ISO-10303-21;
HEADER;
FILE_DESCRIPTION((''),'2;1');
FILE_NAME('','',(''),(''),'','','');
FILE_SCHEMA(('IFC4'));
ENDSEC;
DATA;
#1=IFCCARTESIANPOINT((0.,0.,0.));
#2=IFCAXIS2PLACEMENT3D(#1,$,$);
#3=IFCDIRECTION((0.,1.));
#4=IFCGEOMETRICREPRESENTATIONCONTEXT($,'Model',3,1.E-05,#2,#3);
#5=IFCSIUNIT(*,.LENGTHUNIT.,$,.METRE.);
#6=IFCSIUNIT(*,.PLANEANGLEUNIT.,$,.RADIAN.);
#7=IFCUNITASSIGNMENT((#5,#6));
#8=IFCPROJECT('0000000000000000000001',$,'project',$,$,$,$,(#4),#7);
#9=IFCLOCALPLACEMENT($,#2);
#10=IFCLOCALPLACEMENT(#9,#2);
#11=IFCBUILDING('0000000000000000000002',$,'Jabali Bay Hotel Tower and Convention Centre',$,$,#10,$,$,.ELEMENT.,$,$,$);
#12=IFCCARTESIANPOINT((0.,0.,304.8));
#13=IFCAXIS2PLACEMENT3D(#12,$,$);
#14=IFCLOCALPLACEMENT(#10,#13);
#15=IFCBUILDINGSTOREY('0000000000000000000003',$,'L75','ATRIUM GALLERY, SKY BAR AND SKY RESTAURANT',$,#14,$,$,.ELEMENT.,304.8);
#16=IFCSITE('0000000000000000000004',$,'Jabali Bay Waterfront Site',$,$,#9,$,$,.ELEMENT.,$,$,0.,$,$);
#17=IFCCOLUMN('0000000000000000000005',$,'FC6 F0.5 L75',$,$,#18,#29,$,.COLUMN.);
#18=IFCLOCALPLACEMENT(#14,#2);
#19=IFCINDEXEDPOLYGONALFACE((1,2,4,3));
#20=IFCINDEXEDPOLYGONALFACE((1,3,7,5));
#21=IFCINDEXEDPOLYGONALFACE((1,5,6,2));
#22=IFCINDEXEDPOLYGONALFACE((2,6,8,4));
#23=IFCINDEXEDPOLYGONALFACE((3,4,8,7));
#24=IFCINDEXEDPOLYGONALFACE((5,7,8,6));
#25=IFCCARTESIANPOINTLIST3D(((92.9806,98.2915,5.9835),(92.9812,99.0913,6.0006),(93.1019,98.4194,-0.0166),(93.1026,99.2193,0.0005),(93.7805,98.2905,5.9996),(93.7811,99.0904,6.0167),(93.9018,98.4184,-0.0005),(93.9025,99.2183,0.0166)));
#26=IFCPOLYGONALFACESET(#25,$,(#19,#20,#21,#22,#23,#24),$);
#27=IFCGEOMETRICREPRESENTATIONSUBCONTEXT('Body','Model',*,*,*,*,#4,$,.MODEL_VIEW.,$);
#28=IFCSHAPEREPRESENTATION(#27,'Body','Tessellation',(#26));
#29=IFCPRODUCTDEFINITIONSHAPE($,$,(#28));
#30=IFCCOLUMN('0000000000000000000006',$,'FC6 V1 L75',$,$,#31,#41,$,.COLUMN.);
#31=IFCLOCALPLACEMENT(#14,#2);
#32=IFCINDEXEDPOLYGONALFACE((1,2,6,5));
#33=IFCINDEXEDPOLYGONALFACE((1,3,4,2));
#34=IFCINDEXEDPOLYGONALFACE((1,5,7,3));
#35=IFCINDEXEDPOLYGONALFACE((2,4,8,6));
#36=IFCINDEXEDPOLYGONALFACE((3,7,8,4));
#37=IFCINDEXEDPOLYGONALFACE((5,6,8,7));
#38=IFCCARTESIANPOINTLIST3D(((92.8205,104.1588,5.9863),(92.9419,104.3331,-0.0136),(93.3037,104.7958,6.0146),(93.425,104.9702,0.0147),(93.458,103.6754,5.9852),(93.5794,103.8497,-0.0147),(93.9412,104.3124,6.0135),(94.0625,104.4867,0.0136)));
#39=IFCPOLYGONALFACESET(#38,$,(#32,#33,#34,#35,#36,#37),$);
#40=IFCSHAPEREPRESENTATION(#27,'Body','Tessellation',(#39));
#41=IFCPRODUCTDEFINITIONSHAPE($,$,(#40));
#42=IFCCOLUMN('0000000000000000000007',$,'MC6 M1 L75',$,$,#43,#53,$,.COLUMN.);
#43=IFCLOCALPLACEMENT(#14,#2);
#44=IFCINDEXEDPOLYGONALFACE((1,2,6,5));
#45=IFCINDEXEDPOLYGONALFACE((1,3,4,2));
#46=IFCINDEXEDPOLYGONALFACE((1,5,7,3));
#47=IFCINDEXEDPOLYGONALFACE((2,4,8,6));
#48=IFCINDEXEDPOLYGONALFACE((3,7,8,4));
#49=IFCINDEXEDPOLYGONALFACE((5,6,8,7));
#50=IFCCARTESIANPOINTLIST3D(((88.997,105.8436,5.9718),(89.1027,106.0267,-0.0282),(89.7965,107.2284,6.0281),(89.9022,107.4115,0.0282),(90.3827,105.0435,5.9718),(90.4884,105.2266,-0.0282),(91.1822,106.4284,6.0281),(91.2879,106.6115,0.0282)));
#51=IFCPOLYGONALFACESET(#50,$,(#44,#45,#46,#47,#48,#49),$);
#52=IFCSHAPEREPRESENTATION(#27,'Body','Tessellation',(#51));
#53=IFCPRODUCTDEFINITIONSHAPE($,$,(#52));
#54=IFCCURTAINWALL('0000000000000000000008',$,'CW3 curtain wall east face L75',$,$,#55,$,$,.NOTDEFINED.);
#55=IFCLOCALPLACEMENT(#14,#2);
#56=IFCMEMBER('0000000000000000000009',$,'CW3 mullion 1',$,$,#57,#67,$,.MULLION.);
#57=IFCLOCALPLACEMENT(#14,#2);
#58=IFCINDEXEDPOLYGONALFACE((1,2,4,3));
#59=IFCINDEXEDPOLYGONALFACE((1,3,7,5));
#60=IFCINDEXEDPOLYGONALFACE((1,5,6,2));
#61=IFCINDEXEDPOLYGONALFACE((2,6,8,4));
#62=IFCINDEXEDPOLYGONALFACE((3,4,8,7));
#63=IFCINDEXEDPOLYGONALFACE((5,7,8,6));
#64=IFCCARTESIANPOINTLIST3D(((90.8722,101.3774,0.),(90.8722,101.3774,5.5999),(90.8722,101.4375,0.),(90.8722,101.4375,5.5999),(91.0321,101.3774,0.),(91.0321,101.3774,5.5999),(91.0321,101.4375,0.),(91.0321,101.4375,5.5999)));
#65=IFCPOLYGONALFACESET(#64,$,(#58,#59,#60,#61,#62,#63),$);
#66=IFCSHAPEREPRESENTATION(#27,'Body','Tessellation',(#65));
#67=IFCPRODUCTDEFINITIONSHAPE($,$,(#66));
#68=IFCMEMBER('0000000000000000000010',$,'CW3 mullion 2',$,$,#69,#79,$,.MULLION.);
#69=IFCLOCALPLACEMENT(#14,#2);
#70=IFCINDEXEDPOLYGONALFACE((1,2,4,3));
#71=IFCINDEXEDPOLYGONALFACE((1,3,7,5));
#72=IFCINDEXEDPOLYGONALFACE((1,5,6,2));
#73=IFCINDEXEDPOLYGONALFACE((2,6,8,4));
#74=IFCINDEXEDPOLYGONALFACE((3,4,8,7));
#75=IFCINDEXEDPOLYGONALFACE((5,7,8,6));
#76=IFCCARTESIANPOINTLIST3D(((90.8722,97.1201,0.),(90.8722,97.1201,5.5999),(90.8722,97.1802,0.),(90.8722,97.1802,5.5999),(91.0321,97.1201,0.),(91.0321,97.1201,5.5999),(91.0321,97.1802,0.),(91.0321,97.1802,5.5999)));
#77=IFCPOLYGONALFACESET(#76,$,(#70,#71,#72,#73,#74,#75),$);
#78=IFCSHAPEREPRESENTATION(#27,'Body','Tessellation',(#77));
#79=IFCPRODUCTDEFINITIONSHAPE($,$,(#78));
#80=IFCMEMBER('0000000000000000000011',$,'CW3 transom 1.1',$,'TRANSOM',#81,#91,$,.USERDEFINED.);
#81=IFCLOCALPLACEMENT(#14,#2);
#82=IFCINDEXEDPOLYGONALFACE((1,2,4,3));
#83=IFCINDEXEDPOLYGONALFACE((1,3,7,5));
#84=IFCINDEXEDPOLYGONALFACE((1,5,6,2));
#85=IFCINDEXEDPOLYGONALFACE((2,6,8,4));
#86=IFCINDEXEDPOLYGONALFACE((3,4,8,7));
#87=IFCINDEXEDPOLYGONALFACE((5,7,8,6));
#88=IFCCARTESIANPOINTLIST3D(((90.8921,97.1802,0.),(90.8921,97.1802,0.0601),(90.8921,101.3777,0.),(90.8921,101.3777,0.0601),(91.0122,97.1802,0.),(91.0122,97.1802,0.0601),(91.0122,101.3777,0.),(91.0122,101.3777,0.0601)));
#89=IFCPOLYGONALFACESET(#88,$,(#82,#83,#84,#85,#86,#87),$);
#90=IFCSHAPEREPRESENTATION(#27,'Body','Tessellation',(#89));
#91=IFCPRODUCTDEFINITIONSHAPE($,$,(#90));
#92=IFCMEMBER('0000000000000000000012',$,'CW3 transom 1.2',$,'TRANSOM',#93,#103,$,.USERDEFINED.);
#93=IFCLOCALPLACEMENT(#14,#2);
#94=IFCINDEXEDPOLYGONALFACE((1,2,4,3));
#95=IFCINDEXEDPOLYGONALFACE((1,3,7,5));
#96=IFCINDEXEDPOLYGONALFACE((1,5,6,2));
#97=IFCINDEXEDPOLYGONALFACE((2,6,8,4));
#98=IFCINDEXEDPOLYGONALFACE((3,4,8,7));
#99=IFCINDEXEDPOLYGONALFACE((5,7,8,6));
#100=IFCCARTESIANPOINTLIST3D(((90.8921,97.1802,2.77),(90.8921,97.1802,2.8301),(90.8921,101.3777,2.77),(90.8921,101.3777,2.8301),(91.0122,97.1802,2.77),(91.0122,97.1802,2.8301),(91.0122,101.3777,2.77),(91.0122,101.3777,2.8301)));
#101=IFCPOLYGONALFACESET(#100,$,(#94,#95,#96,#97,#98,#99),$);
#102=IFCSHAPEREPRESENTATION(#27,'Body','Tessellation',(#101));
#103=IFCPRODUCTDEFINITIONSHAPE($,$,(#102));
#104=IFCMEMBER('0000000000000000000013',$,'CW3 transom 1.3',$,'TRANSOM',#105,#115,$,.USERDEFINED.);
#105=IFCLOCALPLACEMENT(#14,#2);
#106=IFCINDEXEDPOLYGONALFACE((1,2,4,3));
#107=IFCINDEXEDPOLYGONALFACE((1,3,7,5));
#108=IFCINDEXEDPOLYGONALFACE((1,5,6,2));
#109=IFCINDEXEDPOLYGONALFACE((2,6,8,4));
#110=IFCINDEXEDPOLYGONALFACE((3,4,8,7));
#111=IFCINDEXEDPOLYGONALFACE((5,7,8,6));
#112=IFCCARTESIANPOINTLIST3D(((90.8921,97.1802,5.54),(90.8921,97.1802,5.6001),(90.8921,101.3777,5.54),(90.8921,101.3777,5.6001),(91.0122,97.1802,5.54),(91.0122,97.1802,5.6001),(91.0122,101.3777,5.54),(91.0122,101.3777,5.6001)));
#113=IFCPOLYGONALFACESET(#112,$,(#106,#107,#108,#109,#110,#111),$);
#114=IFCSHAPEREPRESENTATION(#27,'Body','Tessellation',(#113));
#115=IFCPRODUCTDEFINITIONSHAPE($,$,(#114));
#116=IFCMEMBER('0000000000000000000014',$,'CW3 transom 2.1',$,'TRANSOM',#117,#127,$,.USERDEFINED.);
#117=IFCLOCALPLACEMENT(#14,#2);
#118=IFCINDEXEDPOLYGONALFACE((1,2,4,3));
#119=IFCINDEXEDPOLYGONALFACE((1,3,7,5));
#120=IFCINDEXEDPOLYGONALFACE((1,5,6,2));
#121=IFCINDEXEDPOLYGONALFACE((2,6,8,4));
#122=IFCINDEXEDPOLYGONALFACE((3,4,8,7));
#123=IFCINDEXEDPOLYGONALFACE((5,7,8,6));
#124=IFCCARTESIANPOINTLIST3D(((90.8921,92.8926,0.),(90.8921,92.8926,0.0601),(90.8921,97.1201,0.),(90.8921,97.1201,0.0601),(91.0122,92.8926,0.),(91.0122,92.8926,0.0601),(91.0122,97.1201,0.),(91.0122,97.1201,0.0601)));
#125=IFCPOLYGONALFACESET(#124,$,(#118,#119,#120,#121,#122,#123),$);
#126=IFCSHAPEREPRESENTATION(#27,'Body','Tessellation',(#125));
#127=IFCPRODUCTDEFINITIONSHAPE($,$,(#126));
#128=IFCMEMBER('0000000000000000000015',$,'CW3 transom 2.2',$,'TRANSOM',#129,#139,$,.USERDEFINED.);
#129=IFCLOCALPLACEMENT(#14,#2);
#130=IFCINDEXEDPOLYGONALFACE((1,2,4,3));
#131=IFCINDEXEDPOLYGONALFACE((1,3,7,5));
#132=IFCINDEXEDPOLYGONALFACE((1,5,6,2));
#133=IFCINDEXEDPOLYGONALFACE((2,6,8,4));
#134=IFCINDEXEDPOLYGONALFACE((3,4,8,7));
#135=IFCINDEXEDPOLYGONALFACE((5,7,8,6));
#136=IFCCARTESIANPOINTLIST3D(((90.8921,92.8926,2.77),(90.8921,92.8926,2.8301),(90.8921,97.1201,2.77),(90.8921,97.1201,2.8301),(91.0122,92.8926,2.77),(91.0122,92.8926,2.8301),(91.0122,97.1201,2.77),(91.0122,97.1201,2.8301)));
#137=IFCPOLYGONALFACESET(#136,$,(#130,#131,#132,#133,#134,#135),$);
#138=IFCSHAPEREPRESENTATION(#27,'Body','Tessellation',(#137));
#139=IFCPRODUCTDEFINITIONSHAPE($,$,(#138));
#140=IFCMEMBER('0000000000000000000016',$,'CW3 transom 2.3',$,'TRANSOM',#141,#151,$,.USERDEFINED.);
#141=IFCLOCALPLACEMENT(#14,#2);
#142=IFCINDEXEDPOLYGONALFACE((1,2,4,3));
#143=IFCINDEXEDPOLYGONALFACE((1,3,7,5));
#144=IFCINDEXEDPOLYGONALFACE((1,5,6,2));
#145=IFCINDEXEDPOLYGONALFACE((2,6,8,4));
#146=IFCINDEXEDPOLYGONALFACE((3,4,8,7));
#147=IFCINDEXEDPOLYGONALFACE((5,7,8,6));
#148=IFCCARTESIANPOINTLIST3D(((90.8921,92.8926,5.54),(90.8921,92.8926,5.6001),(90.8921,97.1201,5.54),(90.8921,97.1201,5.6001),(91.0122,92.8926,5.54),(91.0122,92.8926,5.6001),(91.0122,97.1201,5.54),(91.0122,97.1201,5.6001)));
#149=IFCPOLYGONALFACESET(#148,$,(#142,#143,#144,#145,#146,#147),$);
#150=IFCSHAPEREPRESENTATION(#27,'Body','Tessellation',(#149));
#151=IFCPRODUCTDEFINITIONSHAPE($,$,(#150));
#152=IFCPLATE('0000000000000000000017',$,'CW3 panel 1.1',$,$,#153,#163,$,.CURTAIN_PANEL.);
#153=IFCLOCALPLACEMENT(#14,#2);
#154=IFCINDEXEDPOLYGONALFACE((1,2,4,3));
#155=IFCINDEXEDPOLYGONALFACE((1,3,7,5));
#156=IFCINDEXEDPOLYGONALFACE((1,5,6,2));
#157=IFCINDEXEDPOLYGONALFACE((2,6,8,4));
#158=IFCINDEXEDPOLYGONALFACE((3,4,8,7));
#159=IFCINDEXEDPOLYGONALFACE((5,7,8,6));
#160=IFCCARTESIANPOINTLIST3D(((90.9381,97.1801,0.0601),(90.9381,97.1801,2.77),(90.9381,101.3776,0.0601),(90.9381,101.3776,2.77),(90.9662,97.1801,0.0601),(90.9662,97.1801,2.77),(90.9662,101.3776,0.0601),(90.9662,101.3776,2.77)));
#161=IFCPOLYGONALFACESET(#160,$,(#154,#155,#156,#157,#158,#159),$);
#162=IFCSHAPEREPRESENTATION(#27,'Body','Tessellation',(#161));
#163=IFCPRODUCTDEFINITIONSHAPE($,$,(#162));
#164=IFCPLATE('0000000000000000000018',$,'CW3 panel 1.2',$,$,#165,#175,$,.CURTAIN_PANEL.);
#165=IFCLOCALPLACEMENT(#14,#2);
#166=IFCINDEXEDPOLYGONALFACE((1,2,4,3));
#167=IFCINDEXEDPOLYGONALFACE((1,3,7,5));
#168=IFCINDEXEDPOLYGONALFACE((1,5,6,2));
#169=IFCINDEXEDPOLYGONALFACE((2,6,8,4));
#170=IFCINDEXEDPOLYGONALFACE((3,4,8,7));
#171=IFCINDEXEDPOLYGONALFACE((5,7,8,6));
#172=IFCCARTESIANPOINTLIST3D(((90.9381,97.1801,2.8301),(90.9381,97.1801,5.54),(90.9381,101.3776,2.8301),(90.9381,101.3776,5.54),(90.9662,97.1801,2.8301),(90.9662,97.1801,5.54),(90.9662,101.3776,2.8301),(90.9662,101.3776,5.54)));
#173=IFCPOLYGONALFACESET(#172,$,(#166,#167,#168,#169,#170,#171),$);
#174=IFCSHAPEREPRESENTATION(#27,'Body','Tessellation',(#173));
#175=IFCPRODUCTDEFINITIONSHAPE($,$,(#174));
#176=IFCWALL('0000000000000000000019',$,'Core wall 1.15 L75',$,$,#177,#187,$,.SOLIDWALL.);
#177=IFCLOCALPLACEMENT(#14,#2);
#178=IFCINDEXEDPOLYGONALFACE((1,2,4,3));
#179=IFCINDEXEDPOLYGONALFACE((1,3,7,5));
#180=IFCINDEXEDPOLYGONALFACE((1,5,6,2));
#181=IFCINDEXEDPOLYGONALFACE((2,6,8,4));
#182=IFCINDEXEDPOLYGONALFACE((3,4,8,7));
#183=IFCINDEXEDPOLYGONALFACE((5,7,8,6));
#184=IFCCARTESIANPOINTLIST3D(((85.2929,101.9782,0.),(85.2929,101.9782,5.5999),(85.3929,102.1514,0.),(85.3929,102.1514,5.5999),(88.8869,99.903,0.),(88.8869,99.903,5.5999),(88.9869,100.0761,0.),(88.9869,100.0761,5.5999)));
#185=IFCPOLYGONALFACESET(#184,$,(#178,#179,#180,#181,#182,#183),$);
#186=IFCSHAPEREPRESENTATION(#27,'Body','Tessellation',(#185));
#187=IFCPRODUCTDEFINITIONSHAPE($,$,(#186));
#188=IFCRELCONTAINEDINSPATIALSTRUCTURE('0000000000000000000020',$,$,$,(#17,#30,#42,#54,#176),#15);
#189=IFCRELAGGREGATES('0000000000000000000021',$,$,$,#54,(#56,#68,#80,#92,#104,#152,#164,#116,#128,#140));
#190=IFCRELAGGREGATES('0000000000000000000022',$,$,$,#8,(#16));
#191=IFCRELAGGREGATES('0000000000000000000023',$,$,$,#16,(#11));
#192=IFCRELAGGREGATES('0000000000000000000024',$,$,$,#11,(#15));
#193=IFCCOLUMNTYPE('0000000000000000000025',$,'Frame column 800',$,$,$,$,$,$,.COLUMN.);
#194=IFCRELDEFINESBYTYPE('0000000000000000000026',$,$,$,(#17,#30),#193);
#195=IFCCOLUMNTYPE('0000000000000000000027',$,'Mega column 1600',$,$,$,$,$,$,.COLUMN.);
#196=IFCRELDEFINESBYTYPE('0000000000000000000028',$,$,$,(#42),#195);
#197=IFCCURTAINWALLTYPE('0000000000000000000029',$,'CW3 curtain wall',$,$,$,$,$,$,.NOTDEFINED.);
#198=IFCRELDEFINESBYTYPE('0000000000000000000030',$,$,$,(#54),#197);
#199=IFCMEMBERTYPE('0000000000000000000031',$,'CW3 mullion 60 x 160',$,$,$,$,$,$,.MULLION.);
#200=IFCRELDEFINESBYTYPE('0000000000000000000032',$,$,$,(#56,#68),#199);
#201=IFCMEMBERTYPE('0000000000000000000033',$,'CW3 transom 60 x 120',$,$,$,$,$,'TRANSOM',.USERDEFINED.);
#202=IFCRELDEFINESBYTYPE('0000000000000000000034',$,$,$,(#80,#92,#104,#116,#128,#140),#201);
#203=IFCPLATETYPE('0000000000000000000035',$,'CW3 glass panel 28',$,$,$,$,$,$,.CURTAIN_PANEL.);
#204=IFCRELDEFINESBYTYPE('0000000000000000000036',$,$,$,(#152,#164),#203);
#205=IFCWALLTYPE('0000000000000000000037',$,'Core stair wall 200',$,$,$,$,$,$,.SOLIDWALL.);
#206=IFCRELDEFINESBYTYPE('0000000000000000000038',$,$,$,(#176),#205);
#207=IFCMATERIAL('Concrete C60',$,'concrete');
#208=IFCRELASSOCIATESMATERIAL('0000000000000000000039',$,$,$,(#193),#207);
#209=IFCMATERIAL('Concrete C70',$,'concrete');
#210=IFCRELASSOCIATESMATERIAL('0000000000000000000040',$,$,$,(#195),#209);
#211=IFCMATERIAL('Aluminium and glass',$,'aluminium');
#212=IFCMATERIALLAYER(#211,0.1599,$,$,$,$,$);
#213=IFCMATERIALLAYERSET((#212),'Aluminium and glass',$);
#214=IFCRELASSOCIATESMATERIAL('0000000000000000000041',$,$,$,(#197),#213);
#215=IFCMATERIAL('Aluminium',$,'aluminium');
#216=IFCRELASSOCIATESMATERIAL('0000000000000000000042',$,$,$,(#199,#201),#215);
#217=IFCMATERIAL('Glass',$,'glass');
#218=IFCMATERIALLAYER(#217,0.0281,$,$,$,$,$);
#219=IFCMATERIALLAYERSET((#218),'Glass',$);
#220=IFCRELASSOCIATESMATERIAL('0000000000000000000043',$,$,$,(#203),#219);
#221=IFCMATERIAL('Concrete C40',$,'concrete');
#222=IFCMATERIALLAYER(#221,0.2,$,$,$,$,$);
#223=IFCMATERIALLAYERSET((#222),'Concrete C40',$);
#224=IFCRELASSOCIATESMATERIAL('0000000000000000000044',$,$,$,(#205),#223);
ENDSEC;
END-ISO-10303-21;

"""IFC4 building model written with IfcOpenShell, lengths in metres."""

from ifc_helpers import new_model, si_unit, direction, frame, frame_2d, origin, origin_2d, place, context, subcontext, project, spatial, rectangle, extrude, material, layer, layer_set, material_profile, profile_set, type_object, element, aggregate, save


model = new_model("IFC4")

# Units and contexts
model_context = context("Model", 3, precision=1e-05, world=origin(), true_north=direction((0.0, 1.0)))
body_context = subcontext(model_context, "Body", "Model", "MODEL_VIEW")
ifc_project = project(units=[si_unit("LENGTHUNIT", "METRE"), si_unit("PLANEANGLEUNIT", "RADIAN")], contexts=[model_context])

# Site, building, storey
site_placement = place(None, origin())
site = spatial("IfcSite", under=ifc_project, at=site_placement, Name="Jabali Bay Waterfront Site", CompositionType="ELEMENT", RefElevation=0.0)
building_placement = place(site_placement, origin())
building = spatial("IfcBuilding", under=site, at=building_placement, Name="Jabali Bay Hotel Tower and Convention Centre", CompositionType="ELEMENT")
storey_placement = place(building_placement, frame((0.0, 0.0, 304.8)))
storey = spatial("IfcBuildingStorey", under=building, at=storey_placement, Name="L75", Description="ATRIUM GALLERY, SKY BAR AND SKY RESTAURANT", CompositionType="ELEMENT", Elevation=304.8)

# Columns
ifc_material_1 = material(Name="Concrete C60", Category="concrete")
ifc_material_profile_1 = material_profile(ifc_material_1, rectangle(XDim=0.8, YDim=0.8, at=origin_2d()), Name="Frame column 800")
ifc_profile_set_1 = profile_set([ifc_material_profile_1], Name="Concrete C60")
column_type_1 = type_object("IfcColumnType", Name="Frame column 800", PredefinedType="COLUMN", material=ifc_profile_set_1)
column_1_placement = place(storey_placement, frame((93.5022, 98.8188, 0.0), z_axis=(-0.020214, -0.021312, 0.999568), x_axis=(0.999795, -0.00124, 0.020192)))
element("IfcColumn", 1, at=column_1_placement, inside=storey, type_object=column_type_1, Name="FC6 F0.5 L75", PredefinedType="COLUMN", context=body_context, shape_type="SweptSolid", body=[
    extrude(rectangle(XDim=0.8, YDim=0.8, at=origin_2d()), origin(), (0.0, 0.0, 1.0), 6.0027),
])
column_2_placement = place(storey_placement, frame((93.5022, 104.4099, 0.0), z_axis=(-0.02021, -0.029035, 0.999374), x_axis=(0.603914, 0.796266, 0.035347)))
element("IfcColumn", 2, at=column_2_placement, inside=storey, type_object=column_type_1, Name="FC6 V1 L75", PredefinedType="COLUMN", context=body_context, shape_type="SweptSolid", body=[
    extrude(rectangle(XDim=0.8, YDim=0.8, at=origin_2d()), origin(), (0.0, 0.0, 1.0), 6.0037),
])
ifc_material_2 = material(Name="Concrete C70", Category="concrete")
ifc_material_profile_2 = material_profile(ifc_material_2, rectangle(XDim=1.6001, YDim=1.6001, at=origin_2d()), Name="Mega column 1600")
ifc_profile_set_2 = profile_set([ifc_material_profile_2], Name="Concrete C70")
column_type_2 = type_object("IfcColumnType", Name="Mega column 1600", PredefinedType="COLUMN", material=ifc_profile_set_2)
column_3_placement = place(storey_placement, frame((90.1953, 106.3191, 0.0), z_axis=(-0.017608, -0.030499, 0.99938), x_axis=(0.49968, 0.865494, 0.035217)))
element("IfcColumn", 3, at=column_3_placement, inside=storey, type_object=column_type_2, Name="MC6 M1 L75", PredefinedType="COLUMN", context=body_context, shape_type="SweptSolid", body=[
    extrude(rectangle(XDim=1.6001, YDim=1.6001, at=origin_2d()), origin(), (0.0, 0.0, 1.0), 6.0037),
])

# Curtain wall, members, plates
ifc_material_3 = material(Name="Aluminium and glass", Category="aluminium")
ifc_layer_1 = layer(ifc_material_3, 0.1599)
ifc_layer_set_1 = layer_set([ifc_layer_1], Name="Aluminium and glass")
curtain_wall_type = type_object("IfcCurtainWallType", Name="CW3 curtain wall", PredefinedType="NOTDEFINED", material=ifc_layer_set_1)
curtain_wall_placement = place(storey_placement, origin())
curtain_wall = element("IfcCurtainWall", 4, at=curtain_wall_placement, inside=storey, type_object=curtain_wall_type, Name="CW3 curtain wall east face L75", PredefinedType="NOTDEFINED")
ifc_material_4 = material(Name="Aluminium", Category="aluminium")
ifc_material_profile_3 = material_profile(ifc_material_4, rectangle(XDim=0.1599, YDim=0.0601, at=origin_2d()), Name="CW3 mullion 60 x 160")
ifc_profile_set_3 = profile_set([ifc_material_profile_3], Name="Aluminium")
member_type_1 = type_object("IfcMemberType", Name="CW3 mullion 60 x 160", PredefinedType="MULLION", material=ifc_profile_set_3)
member_1_placement = place(storey_placement, frame((90.9521, 101.4075, 0.0), z_axis=(0.0, 0.0, 1.0), x_axis=(1.0, 0.0, 0.0)))
member_1 = element("IfcMember", 5, at=member_1_placement, type_object=member_type_1, Name="CW3 mullion 1", PredefinedType="MULLION", context=body_context, shape_type="SweptSolid", body=[
    extrude(rectangle(XDim=0.1599, YDim=0.0601, at=origin_2d()), origin(), (0.0, 0.0, 1.0), 5.5999),
])
member_2_placement = place(storey_placement, frame((90.9521, 97.1501, 0.0), z_axis=(0.0, 0.0, 1.0), x_axis=(1.0, 0.0, 0.0)))
member_2 = element("IfcMember", 6, at=member_2_placement, type_object=member_type_1, Name="CW3 mullion 2", PredefinedType="MULLION", context=body_context, shape_type="SweptSolid", body=[
    extrude(rectangle(XDim=0.1599, YDim=0.0601, at=origin_2d()), origin(), (0.0, 0.0, 1.0), 5.5999),
])
ifc_material_profile_4 = material_profile(ifc_material_4, rectangle(XDim=0.1201, YDim=0.0601, at=origin_2d()), Name="CW3 transom 60 x 120")
ifc_profile_set_4 = profile_set([ifc_material_profile_4], Name="Aluminium")
member_type_2 = type_object("IfcMemberType", Name="CW3 transom 60 x 120", ElementType="TRANSOM", PredefinedType="USERDEFINED", material=ifc_profile_set_4)
member_3_placement = place(storey_placement, frame((90.9521, 101.3777, 0.03), z_axis=(0.0, -1.0, 0.0), x_axis=(1.0, 0.0, 0.0)))
member_3 = element("IfcMember", 7, at=member_3_placement, type_object=member_type_2, Name="CW3 transom 1.1", ObjectType="TRANSOM", PredefinedType="USERDEFINED", context=body_context, shape_type="SweptSolid", body=[
    extrude(rectangle(XDim=0.1201, YDim=0.0601, at=origin_2d()), origin(), (0.0, 0.0, 1.0), 4.1975),
])
member_4_placement = place(storey_placement, frame((90.9521, 101.3777, 2.8), z_axis=(0.0, -1.0, 0.0), x_axis=(1.0, 0.0, 0.0)))
member_4 = element("IfcMember", 8, at=member_4_placement, type_object=member_type_2, Name="CW3 transom 1.2", ObjectType="TRANSOM", PredefinedType="USERDEFINED", context=body_context, shape_type="SweptSolid", body=[
    extrude(rectangle(XDim=0.1201, YDim=0.0601, at=origin_2d()), origin(), (0.0, 0.0, 1.0), 4.1975),
])
member_5_placement = place(storey_placement, frame((90.9521, 101.3777, 5.5701), z_axis=(0.0, -1.0, 0.0), x_axis=(1.0, 0.0, 0.0)))
member_5 = element("IfcMember", 9, at=member_5_placement, type_object=member_type_2, Name="CW3 transom 1.3", ObjectType="TRANSOM", PredefinedType="USERDEFINED", context=body_context, shape_type="SweptSolid", body=[
    extrude(rectangle(XDim=0.1201, YDim=0.0601, at=origin_2d()), origin(), (0.0, 0.0, 1.0), 4.1975),
])
member_6_placement = place(storey_placement, frame((90.9521, 97.1201, 0.03), z_axis=(0.0, -1.0, 0.0), x_axis=(1.0, 0.0, 0.0)))
member_6 = element("IfcMember", 10, at=member_6_placement, type_object=member_type_2, Name="CW3 transom 2.1", ObjectType="TRANSOM", PredefinedType="USERDEFINED", context=body_context, shape_type="SweptSolid", body=[
    extrude(rectangle(XDim=0.1201, YDim=0.0601, at=origin_2d()), origin(), (0.0, 0.0, 1.0), 4.2275),
])
member_7_placement = place(storey_placement, frame((90.9521, 97.1201, 2.8), z_axis=(0.0, -1.0, 0.0), x_axis=(1.0, 0.0, 0.0)))
member_7 = element("IfcMember", 11, at=member_7_placement, type_object=member_type_2, Name="CW3 transom 2.2", ObjectType="TRANSOM", PredefinedType="USERDEFINED", context=body_context, shape_type="SweptSolid", body=[
    extrude(rectangle(XDim=0.1201, YDim=0.0601, at=origin_2d()), origin(), (0.0, 0.0, 1.0), 4.2275),
])
member_8_placement = place(storey_placement, frame((90.9521, 97.1201, 5.5701), z_axis=(0.0, -1.0, 0.0), x_axis=(1.0, 0.0, 0.0)))
member_8 = element("IfcMember", 12, at=member_8_placement, type_object=member_type_2, Name="CW3 transom 2.3", ObjectType="TRANSOM", PredefinedType="USERDEFINED", context=body_context, shape_type="SweptSolid", body=[
    extrude(rectangle(XDim=0.1201, YDim=0.0601, at=origin_2d()), origin(), (0.0, 0.0, 1.0), 4.2275),
])
ifc_material_5 = material(Name="Glass", Category="glass")
ifc_layer_2 = layer(ifc_material_5, 0.0281)
ifc_layer_set_2 = layer_set([ifc_layer_2], Name="Glass")
plate_type = type_object("IfcPlateType", Name="CW3 glass panel 28", PredefinedType="CURTAIN_PANEL", material=ifc_layer_set_2)
plate_1_placement = place(storey_placement, frame((90.9521, 99.2788, 0.0601), z_axis=(0.0, 0.0, 1.0), x_axis=(0.0, -1.0, 0.0)))
plate_1 = element("IfcPlate", 13, at=plate_1_placement, type_object=plate_type, Name="CW3 panel 1.1", PredefinedType="CURTAIN_PANEL", context=body_context, shape_type="SweptSolid", body=[
    extrude(rectangle(XDim=4.1975, YDim=0.0281, at=origin_2d()), origin(), (0.0, 0.0, 1.0), 2.71),
])
plate_2_placement = place(storey_placement, frame((90.9521, 99.2788, 2.8301), z_axis=(0.0, 0.0, 1.0), x_axis=(0.0, -1.0, 0.0)))
plate_2 = element("IfcPlate", 14, at=plate_2_placement, type_object=plate_type, Name="CW3 panel 1.2", PredefinedType="CURTAIN_PANEL", context=body_context, shape_type="SweptSolid", body=[
    extrude(rectangle(XDim=4.1975, YDim=0.0281, at=origin_2d()), origin(), (0.0, 0.0, 1.0), 2.71),
])
aggregate(curtain_wall, [member_1, member_2, member_3, member_4, member_5, plate_1, plate_2, member_6, member_7, member_8])

# Wall
ifc_material_6 = material(Name="Concrete C40", Category="concrete")
ifc_layer_3 = layer(ifc_material_6, 0.2)
ifc_layer_set_3 = layer_set([ifc_layer_3], Name="Concrete C40")
wall_type_1 = type_object("IfcWallType", Name="Core stair wall 200", PredefinedType="SOLIDWALL", material=ifc_layer_set_3)
wall_1_placement = place(storey_placement, frame((88.937, 99.9895, 0.0), z_axis=(0.0, 0.0, 1.0), x_axis=(-0.866004, 0.500036, 0.0)))
element("IfcWall", 15, at=wall_1_placement, inside=storey, type_object=wall_type_1, Name="Core wall 1.15 L75", PredefinedType="SOLIDWALL", context=body_context, shape_type="SweptSolid", body=[
    extrude(rectangle(XDim=4.1501, YDim=0.2, at=frame_2d((2.0752, 0.0))), origin(), (0.0, 0.0, 1.0), 5.5999),
])

save(model, "model.ifc")
